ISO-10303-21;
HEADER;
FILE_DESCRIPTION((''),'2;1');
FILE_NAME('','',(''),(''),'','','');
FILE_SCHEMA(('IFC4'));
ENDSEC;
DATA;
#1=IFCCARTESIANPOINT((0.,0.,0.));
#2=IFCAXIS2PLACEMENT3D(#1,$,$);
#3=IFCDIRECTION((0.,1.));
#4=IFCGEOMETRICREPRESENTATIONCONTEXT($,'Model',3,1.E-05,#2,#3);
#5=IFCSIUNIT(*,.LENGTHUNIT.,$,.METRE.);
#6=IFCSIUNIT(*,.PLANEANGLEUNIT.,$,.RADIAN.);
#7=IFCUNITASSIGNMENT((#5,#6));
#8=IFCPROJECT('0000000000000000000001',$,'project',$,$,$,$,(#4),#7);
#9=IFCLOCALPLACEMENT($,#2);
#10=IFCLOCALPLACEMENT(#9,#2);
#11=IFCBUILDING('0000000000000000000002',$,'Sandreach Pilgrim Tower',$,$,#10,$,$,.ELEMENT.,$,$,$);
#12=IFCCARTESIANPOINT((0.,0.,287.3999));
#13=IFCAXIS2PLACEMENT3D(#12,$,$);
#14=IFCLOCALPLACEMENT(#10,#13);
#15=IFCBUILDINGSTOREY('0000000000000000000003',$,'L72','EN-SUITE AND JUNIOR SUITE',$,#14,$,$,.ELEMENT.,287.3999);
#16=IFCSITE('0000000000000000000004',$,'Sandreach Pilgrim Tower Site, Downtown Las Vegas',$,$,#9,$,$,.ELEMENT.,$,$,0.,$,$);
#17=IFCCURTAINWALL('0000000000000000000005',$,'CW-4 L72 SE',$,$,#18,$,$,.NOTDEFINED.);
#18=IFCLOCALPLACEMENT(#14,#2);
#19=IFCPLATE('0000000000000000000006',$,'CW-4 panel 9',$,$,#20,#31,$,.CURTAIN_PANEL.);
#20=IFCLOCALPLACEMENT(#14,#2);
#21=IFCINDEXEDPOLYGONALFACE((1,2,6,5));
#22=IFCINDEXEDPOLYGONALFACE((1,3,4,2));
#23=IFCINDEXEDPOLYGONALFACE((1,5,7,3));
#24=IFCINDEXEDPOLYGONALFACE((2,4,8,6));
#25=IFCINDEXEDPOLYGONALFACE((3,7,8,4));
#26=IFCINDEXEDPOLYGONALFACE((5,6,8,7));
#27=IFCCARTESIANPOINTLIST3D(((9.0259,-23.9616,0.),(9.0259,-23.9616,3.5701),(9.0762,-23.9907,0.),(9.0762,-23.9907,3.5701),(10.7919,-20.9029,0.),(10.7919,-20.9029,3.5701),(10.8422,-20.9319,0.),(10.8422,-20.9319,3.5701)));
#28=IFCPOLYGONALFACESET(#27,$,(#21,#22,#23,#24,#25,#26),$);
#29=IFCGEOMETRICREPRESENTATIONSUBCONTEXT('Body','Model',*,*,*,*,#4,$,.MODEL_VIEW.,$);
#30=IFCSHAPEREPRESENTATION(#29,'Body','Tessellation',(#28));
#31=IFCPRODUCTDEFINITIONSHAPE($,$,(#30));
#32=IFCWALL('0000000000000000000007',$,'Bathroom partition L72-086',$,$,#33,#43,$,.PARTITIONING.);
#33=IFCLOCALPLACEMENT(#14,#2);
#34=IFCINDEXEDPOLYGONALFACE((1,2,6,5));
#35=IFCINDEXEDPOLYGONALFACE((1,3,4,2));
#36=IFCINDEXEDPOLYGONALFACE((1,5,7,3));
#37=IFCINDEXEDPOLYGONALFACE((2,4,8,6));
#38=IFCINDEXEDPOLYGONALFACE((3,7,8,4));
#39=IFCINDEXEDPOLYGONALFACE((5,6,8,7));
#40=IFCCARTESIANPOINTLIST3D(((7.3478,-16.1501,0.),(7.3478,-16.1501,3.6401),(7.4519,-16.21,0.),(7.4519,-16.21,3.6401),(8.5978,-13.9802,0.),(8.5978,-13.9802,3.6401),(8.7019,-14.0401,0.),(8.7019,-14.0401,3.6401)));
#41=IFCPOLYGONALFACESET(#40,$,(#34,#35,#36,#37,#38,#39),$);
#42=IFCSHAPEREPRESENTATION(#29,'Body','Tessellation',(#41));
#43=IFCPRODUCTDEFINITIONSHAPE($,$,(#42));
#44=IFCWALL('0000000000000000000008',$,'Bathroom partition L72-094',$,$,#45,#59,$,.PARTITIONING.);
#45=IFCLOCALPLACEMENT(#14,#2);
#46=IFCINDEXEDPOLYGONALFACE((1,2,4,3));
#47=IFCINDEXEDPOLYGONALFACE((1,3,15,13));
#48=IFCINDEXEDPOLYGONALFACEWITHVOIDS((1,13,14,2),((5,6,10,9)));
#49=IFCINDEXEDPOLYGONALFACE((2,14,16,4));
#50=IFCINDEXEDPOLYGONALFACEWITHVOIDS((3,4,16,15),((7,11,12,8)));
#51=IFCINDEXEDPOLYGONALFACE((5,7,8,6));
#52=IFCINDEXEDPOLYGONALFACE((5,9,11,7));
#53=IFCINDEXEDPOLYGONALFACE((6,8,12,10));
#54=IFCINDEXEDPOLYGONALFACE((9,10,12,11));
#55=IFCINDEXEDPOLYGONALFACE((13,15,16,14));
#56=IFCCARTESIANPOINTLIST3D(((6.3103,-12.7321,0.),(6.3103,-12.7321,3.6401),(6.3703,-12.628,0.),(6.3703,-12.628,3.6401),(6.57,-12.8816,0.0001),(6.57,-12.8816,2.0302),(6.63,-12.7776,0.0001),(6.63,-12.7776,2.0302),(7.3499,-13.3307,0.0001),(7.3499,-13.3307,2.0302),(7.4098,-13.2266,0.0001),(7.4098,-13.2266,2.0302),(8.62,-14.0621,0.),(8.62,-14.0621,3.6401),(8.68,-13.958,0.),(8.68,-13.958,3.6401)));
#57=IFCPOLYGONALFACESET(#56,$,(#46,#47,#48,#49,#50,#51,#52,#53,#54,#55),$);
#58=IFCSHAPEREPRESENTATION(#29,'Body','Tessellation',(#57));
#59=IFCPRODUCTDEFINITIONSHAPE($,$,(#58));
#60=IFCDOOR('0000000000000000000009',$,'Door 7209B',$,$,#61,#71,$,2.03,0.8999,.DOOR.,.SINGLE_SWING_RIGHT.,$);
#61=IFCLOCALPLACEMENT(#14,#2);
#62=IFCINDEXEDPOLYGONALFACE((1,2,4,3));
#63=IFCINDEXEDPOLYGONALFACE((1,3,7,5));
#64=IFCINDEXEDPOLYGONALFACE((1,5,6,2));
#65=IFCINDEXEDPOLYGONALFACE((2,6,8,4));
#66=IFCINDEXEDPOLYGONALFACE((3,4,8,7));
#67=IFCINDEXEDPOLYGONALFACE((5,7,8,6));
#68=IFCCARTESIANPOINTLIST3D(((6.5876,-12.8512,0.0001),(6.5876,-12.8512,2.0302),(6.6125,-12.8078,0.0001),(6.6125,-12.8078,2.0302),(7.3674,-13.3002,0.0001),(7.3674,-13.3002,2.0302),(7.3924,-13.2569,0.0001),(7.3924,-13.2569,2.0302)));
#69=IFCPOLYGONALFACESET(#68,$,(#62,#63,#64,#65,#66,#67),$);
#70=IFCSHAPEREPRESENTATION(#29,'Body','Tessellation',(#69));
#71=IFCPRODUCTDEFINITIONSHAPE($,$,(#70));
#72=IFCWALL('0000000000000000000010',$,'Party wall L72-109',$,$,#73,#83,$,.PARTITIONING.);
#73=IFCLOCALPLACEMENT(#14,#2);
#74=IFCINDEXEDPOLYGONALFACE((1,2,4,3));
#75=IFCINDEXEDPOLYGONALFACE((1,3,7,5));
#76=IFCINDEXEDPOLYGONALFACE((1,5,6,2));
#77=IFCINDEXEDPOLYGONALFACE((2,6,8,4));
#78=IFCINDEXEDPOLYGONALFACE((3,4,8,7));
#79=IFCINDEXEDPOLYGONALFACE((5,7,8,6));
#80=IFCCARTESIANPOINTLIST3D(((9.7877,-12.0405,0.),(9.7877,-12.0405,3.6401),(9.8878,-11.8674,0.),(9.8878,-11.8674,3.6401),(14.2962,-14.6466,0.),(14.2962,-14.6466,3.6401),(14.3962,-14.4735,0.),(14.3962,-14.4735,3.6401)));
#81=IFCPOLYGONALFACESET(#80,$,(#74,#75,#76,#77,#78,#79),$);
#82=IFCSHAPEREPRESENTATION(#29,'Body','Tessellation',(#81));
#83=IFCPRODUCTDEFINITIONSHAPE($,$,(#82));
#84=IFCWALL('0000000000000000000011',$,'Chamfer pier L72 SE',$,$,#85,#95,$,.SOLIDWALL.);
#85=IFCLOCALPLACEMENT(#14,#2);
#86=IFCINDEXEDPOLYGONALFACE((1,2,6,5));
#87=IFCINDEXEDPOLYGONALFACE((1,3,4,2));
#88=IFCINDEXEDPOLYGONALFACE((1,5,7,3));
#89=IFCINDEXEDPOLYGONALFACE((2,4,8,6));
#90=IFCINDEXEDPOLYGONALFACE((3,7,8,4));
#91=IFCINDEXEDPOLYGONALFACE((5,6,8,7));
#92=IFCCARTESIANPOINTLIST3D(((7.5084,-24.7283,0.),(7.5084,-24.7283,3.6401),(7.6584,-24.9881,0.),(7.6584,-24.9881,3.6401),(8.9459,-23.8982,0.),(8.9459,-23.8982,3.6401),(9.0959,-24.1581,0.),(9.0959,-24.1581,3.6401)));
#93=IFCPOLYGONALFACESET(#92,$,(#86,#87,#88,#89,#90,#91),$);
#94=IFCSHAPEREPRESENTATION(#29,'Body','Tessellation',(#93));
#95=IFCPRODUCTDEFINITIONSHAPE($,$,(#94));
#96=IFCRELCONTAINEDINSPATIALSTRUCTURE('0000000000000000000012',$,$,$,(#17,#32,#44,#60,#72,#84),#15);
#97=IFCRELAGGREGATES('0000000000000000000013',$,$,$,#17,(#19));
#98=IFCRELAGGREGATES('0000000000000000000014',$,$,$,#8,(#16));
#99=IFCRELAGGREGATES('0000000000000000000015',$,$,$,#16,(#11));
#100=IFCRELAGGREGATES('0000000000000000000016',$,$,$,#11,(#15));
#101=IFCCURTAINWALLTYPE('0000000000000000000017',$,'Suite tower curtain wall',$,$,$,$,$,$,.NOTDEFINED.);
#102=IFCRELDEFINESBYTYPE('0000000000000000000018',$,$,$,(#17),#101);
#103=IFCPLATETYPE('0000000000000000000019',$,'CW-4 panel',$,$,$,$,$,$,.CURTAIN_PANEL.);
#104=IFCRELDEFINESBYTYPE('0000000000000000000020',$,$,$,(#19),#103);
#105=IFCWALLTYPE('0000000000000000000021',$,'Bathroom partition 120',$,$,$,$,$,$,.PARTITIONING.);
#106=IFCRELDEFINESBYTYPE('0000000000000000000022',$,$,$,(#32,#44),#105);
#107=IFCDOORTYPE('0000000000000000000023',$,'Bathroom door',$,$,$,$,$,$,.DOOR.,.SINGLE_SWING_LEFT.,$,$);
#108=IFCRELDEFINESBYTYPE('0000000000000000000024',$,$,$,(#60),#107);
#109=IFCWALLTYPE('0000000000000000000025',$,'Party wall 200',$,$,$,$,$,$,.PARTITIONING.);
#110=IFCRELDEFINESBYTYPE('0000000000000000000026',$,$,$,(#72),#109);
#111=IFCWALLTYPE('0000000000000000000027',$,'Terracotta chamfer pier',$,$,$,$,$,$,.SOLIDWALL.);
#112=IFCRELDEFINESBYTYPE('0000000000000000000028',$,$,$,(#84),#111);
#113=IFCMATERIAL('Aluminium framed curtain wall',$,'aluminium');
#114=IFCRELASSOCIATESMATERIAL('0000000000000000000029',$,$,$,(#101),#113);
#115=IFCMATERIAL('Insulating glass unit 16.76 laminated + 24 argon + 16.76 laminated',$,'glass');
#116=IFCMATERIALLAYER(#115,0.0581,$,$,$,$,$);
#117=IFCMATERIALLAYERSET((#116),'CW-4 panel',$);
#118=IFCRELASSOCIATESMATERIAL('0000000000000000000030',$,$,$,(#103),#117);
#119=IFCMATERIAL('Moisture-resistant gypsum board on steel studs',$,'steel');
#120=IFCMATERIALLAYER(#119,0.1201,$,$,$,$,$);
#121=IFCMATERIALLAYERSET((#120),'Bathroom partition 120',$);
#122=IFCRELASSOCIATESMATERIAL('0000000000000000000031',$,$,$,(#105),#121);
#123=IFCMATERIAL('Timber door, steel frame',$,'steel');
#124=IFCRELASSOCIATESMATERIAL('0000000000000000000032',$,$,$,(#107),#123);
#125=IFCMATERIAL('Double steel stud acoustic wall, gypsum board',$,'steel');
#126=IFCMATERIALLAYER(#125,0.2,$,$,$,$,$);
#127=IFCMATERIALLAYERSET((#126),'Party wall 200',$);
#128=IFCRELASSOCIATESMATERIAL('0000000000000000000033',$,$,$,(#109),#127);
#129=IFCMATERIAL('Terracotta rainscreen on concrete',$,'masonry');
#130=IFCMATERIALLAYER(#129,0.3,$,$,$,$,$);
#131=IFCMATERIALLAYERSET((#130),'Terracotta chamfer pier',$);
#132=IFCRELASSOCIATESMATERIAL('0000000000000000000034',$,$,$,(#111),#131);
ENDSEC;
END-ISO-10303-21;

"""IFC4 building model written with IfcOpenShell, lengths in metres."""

from ifc_helpers import new_model, si_unit, direction, frame, frame_2d, origin, origin_2d, place, context, subcontext, project, spatial, rectangle, extrude, material, layer, layer_set, type_object, element, fill, aggregate, save


model = new_model("IFC4")

# Units and contexts
model_context = context("Model", 3, precision=1e-05, world=origin(), true_north=direction((0.0, 1.0)))
body_context = subcontext(model_context, "Body", "Model", "MODEL_VIEW")
ifc_project = project(units=[si_unit("LENGTHUNIT", "METRE"), si_unit("PLANEANGLEUNIT", "RADIAN")], contexts=[model_context])

# Site, building, storey
site_placement = place(None, origin())
site = spatial("IfcSite", under=ifc_project, at=site_placement, Name="Sandreach Pilgrim Tower Site, Downtown Las Vegas", CompositionType="ELEMENT", RefElevation=0.0)
building_placement = place(site_placement, origin())
building = spatial("IfcBuilding", under=site, at=building_placement, Name="Sandreach Pilgrim Tower", CompositionType="ELEMENT")
storey_placement = place(building_placement, frame((0.0, 0.0, 287.3999)))
storey = spatial("IfcBuildingStorey", under=building, at=storey_placement, Name="L72", Description="EN-SUITE AND JUNIOR SUITE", CompositionType="ELEMENT", Elevation=287.3999)

# Curtain wall
ifc_material_1 = material(Name="Aluminium framed curtain wall", Category="aluminium")
curtain_wall_type = type_object("IfcCurtainWallType", Name="Suite tower curtain wall", PredefinedType="NOTDEFINED", material=ifc_material_1)
curtain_wall_1_placement = place(storey_placement, origin())
curtain_wall_1 = element("IfcCurtainWall", 1, at=curtain_wall_1_placement, inside=storey, type_object=curtain_wall_type, Name="CW-4 L72 SE", PredefinedType="NOTDEFINED")

# Plate
ifc_material_2 = material(Name="Insulating glass unit 16.76 laminated + 24 argon + 16.76 laminated", Category="glass")
ifc_layer_1 = layer(ifc_material_2, 0.0581)
ifc_layer_set_1 = layer_set([ifc_layer_1], Name="CW-4 panel")
plate_type = type_object("IfcPlateType", Name="CW-4 panel", PredefinedType="CURTAIN_PANEL", material=ifc_layer_set_1)
plate_1_placement = place(storey_placement, frame((9.9341, -22.4468, 0.0), z_axis=(0.0, 0.0, 1.0), x_axis=(-0.5, -0.866025, 0.0)))
plate_1 = element("IfcPlate", 2, at=plate_1_placement, type_object=plate_type, Name="CW-4 panel 9", PredefinedType="CURTAIN_PANEL", context=body_context, shape_type="SweptSolid", body=[
    extrude(rectangle(XDim=3.532, YDim=0.0581, at=origin_2d()), origin(), (0.0, 0.0, 1.0), 3.5701),
])
aggregate(curtain_wall_1, [plate_1])

# Wall
ifc_material_3 = material(Name="Moisture-resistant gypsum board on steel studs", Category="steel")
ifc_layer_2 = layer(ifc_material_3, 0.1201)
ifc_layer_set_2 = layer_set([ifc_layer_2], Name="Bathroom partition 120")
wall_type_1 = type_object("IfcWallType", Name="Bathroom partition 120", PredefinedType="PARTITIONING", material=ifc_layer_set_2)
wall_1_placement = place(storey_placement, frame((7.3999, -16.1799, 0.0), z_axis=(0.0, 0.0, 1.0), x_axis=(0.49916, 0.86651, 0.0)))
element("IfcWall", 3, at=wall_1_placement, inside=storey, type_object=wall_type_1, Name="Bathroom partition L72-086", PredefinedType="PARTITIONING", context=body_context, shape_type="SweptSolid", body=[
    extrude(rectangle(XDim=2.5042, YDim=0.1201, at=frame_2d((1.252, 0.0))), origin(), (0.0, 0.0, 1.0), 3.6401),
])

# Wall, opening, door
wall_2_placement = place(storey_placement, frame((8.6499, -14.01, 0.0), z_axis=(0.0, 0.0, 1.0), x_axis=(-0.866592, 0.499017, 0.0)))
wall_2 = element("IfcWall", 4, at=wall_2_placement, inside=storey, type_object=wall_type_1, Name="Bathroom partition L72-094", PredefinedType="PARTITIONING", context=body_context, shape_type="SweptSolid", body=[
    extrude(rectangle(XDim=2.6653, YDim=0.1201, at=frame_2d((1.3325, 0.0))), origin(), (0.0, 0.0, 1.0), 3.6401),
])
opening_placement = place(wall_2_placement, frame((1.4656, 0.0, 0.0)))
opening = element("IfcOpeningElement", 5, at=opening_placement, cuts=wall_2, PredefinedType="OPENING", context=body_context, shape_type="SweptSolid", body=[
    extrude(rectangle(XDim=0.8999, YDim=2.03, at=frame_2d((0.45, 1.0151))), frame((0.0, 0.0601, 0.0), z_axis=(0.0, -1.0, 0.0), x_axis=(1.0, 0.0, 0.0)), (0.0, 0.0, 1.0), 0.1201),
])
ifc_material_4 = material(Name="Timber door, steel frame", Category="steel")
door_type = type_object("IfcDoorType", Name="Bathroom door", OperationType="SINGLE_SWING_LEFT", PredefinedType="DOOR", material=ifc_material_4)
door_placement = place(opening_placement, origin())
door = element("IfcDoor", 6, at=door_placement, inside=storey, type_object=door_type, Name="Door 7209B", OperationType="SINGLE_SWING_RIGHT", OverallHeight=2.03, OverallWidth=0.8999, PredefinedType="DOOR", context=body_context, shape_type="SweptSolid", body=[
    extrude(rectangle(XDim=0.8999, YDim=2.03, at=frame_2d((0.45, 1.0151))), frame((0.0, 0.0249, 0.0), z_axis=(0.0, -1.0, 0.0), x_axis=(1.0, 0.0, 0.0)), (0.0, 0.0, 1.0), 0.05),
])
fill(opening, door)

# Walls
ifc_material_5 = material(Name="Double steel stud acoustic wall, gypsum board", Category="steel")
ifc_layer_3 = layer(ifc_material_5, 0.2)
ifc_layer_set_3 = layer_set([ifc_layer_3], Name="Party wall 200")
wall_type_2 = type_object("IfcWallType", Name="Party wall 200", PredefinedType="PARTITIONING", material=ifc_layer_set_3)
wall_3_placement = place(storey_placement, frame((14.3462, -14.5601, 0.0), z_axis=(0.0, 0.0, 1.0), x_axis=(-0.86576, 0.50046, 0.0)))
element("IfcWall", 7, at=wall_3_placement, inside=storey, type_object=wall_type_2, Name="Party wall L72-109", PredefinedType="PARTITIONING", context=body_context, shape_type="SweptSolid", body=[
    extrude(rectangle(XDim=5.2075, YDim=0.2, at=frame_2d((2.6038, 0.0))), origin(), (0.0, 0.0, 1.0), 3.6401),
])
ifc_material_6 = material(Name="Terracotta rainscreen on concrete", Category="masonry")
ifc_layer_4 = layer(ifc_material_6, 0.3)
ifc_layer_set_4 = layer_set([ifc_layer_4], Name="Terracotta chamfer pier")
wall_type_3 = type_object("IfcWallType", Name="Terracotta chamfer pier", PredefinedType="SOLIDWALL", material=ifc_layer_set_4)
wall_4_placement = place(storey_placement, frame((9.021, -24.0281, 0.0), z_axis=(0.0, 0.0, 1.0), x_axis=(-0.86599, -0.500062, 0.0)))
element("IfcWall", 8, at=wall_4_placement, inside=storey, type_object=wall_type_3, Name="Chamfer pier L72 SE", PredefinedType="SOLIDWALL", context=body_context, shape_type="SweptSolid", body=[
    extrude(rectangle(XDim=1.6599, YDim=0.3, at=frame_2d((0.8301, 0.0))), origin(), (0.0, 0.0, 1.0), 3.6401),
])

save(model, "model.ifc")
